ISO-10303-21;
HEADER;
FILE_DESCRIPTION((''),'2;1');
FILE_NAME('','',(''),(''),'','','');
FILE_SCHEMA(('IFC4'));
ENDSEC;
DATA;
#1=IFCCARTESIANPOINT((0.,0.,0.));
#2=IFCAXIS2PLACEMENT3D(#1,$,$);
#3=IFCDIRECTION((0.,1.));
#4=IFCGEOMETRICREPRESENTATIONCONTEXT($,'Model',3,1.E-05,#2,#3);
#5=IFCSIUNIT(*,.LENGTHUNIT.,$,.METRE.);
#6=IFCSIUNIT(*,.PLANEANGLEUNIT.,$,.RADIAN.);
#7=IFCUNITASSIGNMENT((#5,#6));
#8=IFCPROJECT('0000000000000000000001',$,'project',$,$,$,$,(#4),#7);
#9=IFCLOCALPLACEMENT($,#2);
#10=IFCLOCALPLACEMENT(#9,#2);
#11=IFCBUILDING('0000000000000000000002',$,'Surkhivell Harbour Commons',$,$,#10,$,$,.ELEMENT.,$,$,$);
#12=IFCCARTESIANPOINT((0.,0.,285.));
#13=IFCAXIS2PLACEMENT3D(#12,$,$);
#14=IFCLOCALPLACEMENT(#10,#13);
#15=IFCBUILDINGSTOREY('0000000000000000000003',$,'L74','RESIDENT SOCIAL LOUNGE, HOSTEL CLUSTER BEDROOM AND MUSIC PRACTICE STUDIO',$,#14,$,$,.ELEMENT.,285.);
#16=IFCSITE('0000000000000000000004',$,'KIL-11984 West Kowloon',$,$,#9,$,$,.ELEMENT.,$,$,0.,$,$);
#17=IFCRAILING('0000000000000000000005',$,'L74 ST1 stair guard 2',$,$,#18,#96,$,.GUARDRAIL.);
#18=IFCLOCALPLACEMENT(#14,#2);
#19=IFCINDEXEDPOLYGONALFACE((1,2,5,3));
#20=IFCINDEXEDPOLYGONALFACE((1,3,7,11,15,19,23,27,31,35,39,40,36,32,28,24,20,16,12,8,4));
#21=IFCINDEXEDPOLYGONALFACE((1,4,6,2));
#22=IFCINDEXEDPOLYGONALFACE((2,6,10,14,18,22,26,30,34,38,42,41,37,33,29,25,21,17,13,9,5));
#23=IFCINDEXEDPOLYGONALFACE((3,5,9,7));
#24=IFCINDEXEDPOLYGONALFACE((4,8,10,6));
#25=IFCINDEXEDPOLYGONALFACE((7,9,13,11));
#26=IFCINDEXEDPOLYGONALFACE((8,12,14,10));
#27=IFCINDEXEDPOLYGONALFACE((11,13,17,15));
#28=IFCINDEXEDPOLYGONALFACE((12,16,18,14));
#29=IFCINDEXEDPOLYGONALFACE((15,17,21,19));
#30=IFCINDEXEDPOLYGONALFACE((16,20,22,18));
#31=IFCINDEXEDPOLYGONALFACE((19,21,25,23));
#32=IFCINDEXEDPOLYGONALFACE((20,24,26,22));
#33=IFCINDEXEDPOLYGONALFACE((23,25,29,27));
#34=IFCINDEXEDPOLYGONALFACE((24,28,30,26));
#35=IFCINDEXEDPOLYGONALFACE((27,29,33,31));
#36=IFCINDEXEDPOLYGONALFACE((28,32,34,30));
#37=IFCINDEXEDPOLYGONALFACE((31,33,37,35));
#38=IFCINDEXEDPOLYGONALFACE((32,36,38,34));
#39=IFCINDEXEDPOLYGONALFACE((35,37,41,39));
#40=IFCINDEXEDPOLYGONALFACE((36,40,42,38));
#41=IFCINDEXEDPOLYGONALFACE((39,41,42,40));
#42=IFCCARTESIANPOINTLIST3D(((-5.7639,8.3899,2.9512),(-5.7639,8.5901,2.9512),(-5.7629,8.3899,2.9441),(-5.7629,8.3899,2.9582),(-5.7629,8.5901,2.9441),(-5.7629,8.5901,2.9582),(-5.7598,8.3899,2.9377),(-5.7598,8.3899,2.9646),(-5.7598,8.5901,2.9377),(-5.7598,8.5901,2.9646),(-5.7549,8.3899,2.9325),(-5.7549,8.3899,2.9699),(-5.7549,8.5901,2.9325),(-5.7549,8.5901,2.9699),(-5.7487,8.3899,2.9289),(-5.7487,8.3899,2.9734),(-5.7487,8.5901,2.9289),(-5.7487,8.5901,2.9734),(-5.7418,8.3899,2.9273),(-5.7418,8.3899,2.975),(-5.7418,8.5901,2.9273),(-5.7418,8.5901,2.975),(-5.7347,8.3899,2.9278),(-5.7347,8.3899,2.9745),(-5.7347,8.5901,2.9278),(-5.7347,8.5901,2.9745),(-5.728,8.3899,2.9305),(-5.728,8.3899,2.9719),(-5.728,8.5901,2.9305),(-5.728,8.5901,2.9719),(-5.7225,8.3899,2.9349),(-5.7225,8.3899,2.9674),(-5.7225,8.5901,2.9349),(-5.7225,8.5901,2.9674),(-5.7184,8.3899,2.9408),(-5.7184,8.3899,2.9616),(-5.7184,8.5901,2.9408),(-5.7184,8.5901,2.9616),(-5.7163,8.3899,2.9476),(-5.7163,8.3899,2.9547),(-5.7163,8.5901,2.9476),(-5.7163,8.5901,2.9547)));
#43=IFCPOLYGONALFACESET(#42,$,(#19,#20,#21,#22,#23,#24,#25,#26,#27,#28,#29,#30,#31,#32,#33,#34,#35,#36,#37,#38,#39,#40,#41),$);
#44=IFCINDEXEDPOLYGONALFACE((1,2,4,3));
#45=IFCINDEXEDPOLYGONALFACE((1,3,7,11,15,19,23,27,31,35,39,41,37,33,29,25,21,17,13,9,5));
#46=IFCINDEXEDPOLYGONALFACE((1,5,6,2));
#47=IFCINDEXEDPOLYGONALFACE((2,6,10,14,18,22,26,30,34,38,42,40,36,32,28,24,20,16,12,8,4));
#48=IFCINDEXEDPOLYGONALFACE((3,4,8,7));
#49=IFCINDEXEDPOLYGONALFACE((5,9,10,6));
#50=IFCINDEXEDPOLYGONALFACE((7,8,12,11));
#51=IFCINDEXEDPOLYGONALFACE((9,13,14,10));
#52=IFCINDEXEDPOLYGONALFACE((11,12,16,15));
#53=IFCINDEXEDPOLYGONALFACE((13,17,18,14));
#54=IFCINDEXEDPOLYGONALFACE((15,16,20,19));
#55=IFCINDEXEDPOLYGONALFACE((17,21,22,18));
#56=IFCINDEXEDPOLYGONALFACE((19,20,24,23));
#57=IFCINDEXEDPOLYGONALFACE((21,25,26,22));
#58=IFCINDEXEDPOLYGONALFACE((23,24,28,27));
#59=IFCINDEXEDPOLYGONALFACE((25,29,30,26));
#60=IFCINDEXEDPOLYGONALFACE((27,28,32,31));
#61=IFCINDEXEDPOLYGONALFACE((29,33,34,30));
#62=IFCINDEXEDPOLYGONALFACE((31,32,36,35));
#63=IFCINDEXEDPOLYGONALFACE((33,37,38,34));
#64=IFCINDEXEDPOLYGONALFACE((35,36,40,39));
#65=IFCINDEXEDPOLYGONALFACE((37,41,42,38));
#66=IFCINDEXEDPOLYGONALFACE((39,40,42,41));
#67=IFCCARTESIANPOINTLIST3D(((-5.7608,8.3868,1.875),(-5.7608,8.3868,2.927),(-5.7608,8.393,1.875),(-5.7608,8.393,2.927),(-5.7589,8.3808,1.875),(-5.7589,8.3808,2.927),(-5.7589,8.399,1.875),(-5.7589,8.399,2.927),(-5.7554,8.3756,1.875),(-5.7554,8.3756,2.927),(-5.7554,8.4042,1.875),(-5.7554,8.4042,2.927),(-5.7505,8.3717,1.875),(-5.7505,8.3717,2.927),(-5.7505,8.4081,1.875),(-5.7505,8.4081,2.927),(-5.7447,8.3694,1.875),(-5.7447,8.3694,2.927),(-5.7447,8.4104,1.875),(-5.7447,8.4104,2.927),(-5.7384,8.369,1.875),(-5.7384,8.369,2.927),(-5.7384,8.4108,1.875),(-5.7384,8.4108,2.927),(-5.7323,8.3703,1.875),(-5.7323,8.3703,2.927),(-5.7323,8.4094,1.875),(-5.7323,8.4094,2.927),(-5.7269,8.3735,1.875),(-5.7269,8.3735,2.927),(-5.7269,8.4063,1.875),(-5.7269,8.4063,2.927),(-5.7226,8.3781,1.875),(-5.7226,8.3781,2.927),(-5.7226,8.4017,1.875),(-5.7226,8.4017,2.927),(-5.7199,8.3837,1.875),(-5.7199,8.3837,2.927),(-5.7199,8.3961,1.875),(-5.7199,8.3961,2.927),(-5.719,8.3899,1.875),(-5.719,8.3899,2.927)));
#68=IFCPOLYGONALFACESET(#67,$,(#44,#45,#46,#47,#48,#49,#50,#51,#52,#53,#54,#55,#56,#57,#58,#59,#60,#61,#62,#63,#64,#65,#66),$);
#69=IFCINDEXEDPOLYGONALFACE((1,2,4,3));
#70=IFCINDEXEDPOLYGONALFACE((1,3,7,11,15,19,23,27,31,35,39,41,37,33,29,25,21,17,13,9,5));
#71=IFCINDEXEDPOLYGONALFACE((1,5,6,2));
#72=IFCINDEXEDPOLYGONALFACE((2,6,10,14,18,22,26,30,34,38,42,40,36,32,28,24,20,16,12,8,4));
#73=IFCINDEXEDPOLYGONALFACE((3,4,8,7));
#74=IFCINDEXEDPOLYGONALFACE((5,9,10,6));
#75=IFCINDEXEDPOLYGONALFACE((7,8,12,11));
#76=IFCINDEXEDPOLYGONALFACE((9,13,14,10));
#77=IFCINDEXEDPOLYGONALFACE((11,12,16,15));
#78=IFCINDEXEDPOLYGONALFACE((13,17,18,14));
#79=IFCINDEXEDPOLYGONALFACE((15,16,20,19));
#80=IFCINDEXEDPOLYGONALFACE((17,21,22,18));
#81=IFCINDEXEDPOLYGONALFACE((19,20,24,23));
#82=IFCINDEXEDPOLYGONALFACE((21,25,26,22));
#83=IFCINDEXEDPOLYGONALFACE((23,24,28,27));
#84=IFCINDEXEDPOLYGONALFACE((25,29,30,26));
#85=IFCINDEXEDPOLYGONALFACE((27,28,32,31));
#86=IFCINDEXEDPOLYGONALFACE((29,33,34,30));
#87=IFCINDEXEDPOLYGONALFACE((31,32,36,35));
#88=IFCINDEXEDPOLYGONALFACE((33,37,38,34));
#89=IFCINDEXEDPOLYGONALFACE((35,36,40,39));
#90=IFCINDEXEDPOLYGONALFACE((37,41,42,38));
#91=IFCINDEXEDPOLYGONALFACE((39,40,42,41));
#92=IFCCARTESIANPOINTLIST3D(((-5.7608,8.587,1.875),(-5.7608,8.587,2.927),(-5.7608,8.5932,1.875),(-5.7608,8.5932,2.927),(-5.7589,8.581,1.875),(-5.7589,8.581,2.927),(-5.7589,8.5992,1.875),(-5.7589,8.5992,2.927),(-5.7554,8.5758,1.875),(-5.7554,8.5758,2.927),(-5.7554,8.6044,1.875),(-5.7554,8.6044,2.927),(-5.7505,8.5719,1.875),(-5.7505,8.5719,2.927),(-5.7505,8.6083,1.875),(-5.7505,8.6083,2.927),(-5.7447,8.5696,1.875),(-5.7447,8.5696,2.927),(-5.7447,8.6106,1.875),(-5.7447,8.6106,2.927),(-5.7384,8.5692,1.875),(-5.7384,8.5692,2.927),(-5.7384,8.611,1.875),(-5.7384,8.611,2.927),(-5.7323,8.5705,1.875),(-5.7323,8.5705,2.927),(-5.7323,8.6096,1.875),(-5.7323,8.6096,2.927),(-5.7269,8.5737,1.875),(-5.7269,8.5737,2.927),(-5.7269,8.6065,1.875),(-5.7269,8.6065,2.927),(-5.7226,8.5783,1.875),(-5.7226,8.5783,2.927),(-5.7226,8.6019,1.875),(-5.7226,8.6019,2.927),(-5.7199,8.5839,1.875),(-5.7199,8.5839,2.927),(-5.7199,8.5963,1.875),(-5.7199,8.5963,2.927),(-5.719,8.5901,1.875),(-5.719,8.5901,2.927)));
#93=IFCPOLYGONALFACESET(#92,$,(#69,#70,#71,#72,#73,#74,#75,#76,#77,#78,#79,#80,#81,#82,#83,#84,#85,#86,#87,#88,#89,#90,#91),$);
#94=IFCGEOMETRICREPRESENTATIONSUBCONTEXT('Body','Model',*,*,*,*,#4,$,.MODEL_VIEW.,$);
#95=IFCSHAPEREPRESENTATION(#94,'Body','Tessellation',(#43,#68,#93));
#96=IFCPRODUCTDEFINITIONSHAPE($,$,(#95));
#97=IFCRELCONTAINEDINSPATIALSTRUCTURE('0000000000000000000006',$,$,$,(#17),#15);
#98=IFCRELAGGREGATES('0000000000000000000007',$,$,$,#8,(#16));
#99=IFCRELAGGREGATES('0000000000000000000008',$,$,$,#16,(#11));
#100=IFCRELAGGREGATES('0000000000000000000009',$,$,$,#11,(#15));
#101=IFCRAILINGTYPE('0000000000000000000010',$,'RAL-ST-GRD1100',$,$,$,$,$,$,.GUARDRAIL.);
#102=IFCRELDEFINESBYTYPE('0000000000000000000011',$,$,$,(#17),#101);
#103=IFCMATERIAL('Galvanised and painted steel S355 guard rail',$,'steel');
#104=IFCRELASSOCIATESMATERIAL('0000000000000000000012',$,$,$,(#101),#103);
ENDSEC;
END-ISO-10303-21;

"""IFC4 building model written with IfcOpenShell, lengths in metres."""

from ifc_helpers import new_model, si_unit, direction, frame, origin, origin_2d, place, context, subcontext, project, spatial, circle, extrude, material, type_object, element, save


model = new_model("IFC4")

# Units and contexts
model_context = context("Model", 3, precision=1e-05, world=origin(), true_north=direction((0.0, 1.0)))
body_context = subcontext(model_context, "Body", "Model", "MODEL_VIEW")
ifc_project = project(units=[si_unit("LENGTHUNIT", "METRE"), si_unit("PLANEANGLEUNIT", "RADIAN")], contexts=[model_context])

# Site, building, storey
site_placement = place(None, origin())
site = spatial("IfcSite", under=ifc_project, at=site_placement, Name="KIL-11984 West Kowloon", CompositionType="ELEMENT", RefElevation=0.0)
building_placement = place(site_placement, origin())
building = spatial("IfcBuilding", under=site, at=building_placement, Name="Surkhivell Harbour Commons", CompositionType="ELEMENT")
storey_placement = place(building_placement, frame((0.0, 0.0, 285.0)))
storey = spatial("IfcBuildingStorey", under=building, at=storey_placement, Name="L74", Description="RESIDENT SOCIAL LOUNGE, HOSTEL CLUSTER BEDROOM AND MUSIC PRACTICE STUDIO", CompositionType="ELEMENT", Elevation=285.0)

# Railing
ifc_material_1 = material(Name="Galvanised and painted steel S355 guard rail", Category="steel")
railing_type_1 = type_object("IfcRailingType", Name="RAL-ST-GRD1100", PredefinedType="GUARDRAIL", material=ifc_material_1)
railing_1_placement = place(storey_placement, frame((-5.74, 8.3899, 1.875)))
element("IfcRailing", 1, at=railing_1_placement, inside=storey, type_object=railing_type_1, Name="L74 ST1 stair guard 2", PredefinedType="GUARDRAIL", context=body_context, shape_type="SweptSolid", body=[
    extrude(circle(Radius=0.0239, at=origin_2d()), frame((0.0, 0.0, 1.0762), z_axis=(0.0, 1.0, 0.0), x_axis=(-1.0, 0.0, 0.0)), (0.0, 0.0, 1.0), 0.2002),
    extrude(circle(Radius=0.021, at=origin_2d()), origin(), (0.0, 0.0, 1.0), 1.052),
    extrude(circle(Radius=0.021, at=origin_2d()), frame((0.0, 0.2002, 0.0)), (0.0, 0.0, 1.0), 1.052),
])

save(model, "model.ifc")
